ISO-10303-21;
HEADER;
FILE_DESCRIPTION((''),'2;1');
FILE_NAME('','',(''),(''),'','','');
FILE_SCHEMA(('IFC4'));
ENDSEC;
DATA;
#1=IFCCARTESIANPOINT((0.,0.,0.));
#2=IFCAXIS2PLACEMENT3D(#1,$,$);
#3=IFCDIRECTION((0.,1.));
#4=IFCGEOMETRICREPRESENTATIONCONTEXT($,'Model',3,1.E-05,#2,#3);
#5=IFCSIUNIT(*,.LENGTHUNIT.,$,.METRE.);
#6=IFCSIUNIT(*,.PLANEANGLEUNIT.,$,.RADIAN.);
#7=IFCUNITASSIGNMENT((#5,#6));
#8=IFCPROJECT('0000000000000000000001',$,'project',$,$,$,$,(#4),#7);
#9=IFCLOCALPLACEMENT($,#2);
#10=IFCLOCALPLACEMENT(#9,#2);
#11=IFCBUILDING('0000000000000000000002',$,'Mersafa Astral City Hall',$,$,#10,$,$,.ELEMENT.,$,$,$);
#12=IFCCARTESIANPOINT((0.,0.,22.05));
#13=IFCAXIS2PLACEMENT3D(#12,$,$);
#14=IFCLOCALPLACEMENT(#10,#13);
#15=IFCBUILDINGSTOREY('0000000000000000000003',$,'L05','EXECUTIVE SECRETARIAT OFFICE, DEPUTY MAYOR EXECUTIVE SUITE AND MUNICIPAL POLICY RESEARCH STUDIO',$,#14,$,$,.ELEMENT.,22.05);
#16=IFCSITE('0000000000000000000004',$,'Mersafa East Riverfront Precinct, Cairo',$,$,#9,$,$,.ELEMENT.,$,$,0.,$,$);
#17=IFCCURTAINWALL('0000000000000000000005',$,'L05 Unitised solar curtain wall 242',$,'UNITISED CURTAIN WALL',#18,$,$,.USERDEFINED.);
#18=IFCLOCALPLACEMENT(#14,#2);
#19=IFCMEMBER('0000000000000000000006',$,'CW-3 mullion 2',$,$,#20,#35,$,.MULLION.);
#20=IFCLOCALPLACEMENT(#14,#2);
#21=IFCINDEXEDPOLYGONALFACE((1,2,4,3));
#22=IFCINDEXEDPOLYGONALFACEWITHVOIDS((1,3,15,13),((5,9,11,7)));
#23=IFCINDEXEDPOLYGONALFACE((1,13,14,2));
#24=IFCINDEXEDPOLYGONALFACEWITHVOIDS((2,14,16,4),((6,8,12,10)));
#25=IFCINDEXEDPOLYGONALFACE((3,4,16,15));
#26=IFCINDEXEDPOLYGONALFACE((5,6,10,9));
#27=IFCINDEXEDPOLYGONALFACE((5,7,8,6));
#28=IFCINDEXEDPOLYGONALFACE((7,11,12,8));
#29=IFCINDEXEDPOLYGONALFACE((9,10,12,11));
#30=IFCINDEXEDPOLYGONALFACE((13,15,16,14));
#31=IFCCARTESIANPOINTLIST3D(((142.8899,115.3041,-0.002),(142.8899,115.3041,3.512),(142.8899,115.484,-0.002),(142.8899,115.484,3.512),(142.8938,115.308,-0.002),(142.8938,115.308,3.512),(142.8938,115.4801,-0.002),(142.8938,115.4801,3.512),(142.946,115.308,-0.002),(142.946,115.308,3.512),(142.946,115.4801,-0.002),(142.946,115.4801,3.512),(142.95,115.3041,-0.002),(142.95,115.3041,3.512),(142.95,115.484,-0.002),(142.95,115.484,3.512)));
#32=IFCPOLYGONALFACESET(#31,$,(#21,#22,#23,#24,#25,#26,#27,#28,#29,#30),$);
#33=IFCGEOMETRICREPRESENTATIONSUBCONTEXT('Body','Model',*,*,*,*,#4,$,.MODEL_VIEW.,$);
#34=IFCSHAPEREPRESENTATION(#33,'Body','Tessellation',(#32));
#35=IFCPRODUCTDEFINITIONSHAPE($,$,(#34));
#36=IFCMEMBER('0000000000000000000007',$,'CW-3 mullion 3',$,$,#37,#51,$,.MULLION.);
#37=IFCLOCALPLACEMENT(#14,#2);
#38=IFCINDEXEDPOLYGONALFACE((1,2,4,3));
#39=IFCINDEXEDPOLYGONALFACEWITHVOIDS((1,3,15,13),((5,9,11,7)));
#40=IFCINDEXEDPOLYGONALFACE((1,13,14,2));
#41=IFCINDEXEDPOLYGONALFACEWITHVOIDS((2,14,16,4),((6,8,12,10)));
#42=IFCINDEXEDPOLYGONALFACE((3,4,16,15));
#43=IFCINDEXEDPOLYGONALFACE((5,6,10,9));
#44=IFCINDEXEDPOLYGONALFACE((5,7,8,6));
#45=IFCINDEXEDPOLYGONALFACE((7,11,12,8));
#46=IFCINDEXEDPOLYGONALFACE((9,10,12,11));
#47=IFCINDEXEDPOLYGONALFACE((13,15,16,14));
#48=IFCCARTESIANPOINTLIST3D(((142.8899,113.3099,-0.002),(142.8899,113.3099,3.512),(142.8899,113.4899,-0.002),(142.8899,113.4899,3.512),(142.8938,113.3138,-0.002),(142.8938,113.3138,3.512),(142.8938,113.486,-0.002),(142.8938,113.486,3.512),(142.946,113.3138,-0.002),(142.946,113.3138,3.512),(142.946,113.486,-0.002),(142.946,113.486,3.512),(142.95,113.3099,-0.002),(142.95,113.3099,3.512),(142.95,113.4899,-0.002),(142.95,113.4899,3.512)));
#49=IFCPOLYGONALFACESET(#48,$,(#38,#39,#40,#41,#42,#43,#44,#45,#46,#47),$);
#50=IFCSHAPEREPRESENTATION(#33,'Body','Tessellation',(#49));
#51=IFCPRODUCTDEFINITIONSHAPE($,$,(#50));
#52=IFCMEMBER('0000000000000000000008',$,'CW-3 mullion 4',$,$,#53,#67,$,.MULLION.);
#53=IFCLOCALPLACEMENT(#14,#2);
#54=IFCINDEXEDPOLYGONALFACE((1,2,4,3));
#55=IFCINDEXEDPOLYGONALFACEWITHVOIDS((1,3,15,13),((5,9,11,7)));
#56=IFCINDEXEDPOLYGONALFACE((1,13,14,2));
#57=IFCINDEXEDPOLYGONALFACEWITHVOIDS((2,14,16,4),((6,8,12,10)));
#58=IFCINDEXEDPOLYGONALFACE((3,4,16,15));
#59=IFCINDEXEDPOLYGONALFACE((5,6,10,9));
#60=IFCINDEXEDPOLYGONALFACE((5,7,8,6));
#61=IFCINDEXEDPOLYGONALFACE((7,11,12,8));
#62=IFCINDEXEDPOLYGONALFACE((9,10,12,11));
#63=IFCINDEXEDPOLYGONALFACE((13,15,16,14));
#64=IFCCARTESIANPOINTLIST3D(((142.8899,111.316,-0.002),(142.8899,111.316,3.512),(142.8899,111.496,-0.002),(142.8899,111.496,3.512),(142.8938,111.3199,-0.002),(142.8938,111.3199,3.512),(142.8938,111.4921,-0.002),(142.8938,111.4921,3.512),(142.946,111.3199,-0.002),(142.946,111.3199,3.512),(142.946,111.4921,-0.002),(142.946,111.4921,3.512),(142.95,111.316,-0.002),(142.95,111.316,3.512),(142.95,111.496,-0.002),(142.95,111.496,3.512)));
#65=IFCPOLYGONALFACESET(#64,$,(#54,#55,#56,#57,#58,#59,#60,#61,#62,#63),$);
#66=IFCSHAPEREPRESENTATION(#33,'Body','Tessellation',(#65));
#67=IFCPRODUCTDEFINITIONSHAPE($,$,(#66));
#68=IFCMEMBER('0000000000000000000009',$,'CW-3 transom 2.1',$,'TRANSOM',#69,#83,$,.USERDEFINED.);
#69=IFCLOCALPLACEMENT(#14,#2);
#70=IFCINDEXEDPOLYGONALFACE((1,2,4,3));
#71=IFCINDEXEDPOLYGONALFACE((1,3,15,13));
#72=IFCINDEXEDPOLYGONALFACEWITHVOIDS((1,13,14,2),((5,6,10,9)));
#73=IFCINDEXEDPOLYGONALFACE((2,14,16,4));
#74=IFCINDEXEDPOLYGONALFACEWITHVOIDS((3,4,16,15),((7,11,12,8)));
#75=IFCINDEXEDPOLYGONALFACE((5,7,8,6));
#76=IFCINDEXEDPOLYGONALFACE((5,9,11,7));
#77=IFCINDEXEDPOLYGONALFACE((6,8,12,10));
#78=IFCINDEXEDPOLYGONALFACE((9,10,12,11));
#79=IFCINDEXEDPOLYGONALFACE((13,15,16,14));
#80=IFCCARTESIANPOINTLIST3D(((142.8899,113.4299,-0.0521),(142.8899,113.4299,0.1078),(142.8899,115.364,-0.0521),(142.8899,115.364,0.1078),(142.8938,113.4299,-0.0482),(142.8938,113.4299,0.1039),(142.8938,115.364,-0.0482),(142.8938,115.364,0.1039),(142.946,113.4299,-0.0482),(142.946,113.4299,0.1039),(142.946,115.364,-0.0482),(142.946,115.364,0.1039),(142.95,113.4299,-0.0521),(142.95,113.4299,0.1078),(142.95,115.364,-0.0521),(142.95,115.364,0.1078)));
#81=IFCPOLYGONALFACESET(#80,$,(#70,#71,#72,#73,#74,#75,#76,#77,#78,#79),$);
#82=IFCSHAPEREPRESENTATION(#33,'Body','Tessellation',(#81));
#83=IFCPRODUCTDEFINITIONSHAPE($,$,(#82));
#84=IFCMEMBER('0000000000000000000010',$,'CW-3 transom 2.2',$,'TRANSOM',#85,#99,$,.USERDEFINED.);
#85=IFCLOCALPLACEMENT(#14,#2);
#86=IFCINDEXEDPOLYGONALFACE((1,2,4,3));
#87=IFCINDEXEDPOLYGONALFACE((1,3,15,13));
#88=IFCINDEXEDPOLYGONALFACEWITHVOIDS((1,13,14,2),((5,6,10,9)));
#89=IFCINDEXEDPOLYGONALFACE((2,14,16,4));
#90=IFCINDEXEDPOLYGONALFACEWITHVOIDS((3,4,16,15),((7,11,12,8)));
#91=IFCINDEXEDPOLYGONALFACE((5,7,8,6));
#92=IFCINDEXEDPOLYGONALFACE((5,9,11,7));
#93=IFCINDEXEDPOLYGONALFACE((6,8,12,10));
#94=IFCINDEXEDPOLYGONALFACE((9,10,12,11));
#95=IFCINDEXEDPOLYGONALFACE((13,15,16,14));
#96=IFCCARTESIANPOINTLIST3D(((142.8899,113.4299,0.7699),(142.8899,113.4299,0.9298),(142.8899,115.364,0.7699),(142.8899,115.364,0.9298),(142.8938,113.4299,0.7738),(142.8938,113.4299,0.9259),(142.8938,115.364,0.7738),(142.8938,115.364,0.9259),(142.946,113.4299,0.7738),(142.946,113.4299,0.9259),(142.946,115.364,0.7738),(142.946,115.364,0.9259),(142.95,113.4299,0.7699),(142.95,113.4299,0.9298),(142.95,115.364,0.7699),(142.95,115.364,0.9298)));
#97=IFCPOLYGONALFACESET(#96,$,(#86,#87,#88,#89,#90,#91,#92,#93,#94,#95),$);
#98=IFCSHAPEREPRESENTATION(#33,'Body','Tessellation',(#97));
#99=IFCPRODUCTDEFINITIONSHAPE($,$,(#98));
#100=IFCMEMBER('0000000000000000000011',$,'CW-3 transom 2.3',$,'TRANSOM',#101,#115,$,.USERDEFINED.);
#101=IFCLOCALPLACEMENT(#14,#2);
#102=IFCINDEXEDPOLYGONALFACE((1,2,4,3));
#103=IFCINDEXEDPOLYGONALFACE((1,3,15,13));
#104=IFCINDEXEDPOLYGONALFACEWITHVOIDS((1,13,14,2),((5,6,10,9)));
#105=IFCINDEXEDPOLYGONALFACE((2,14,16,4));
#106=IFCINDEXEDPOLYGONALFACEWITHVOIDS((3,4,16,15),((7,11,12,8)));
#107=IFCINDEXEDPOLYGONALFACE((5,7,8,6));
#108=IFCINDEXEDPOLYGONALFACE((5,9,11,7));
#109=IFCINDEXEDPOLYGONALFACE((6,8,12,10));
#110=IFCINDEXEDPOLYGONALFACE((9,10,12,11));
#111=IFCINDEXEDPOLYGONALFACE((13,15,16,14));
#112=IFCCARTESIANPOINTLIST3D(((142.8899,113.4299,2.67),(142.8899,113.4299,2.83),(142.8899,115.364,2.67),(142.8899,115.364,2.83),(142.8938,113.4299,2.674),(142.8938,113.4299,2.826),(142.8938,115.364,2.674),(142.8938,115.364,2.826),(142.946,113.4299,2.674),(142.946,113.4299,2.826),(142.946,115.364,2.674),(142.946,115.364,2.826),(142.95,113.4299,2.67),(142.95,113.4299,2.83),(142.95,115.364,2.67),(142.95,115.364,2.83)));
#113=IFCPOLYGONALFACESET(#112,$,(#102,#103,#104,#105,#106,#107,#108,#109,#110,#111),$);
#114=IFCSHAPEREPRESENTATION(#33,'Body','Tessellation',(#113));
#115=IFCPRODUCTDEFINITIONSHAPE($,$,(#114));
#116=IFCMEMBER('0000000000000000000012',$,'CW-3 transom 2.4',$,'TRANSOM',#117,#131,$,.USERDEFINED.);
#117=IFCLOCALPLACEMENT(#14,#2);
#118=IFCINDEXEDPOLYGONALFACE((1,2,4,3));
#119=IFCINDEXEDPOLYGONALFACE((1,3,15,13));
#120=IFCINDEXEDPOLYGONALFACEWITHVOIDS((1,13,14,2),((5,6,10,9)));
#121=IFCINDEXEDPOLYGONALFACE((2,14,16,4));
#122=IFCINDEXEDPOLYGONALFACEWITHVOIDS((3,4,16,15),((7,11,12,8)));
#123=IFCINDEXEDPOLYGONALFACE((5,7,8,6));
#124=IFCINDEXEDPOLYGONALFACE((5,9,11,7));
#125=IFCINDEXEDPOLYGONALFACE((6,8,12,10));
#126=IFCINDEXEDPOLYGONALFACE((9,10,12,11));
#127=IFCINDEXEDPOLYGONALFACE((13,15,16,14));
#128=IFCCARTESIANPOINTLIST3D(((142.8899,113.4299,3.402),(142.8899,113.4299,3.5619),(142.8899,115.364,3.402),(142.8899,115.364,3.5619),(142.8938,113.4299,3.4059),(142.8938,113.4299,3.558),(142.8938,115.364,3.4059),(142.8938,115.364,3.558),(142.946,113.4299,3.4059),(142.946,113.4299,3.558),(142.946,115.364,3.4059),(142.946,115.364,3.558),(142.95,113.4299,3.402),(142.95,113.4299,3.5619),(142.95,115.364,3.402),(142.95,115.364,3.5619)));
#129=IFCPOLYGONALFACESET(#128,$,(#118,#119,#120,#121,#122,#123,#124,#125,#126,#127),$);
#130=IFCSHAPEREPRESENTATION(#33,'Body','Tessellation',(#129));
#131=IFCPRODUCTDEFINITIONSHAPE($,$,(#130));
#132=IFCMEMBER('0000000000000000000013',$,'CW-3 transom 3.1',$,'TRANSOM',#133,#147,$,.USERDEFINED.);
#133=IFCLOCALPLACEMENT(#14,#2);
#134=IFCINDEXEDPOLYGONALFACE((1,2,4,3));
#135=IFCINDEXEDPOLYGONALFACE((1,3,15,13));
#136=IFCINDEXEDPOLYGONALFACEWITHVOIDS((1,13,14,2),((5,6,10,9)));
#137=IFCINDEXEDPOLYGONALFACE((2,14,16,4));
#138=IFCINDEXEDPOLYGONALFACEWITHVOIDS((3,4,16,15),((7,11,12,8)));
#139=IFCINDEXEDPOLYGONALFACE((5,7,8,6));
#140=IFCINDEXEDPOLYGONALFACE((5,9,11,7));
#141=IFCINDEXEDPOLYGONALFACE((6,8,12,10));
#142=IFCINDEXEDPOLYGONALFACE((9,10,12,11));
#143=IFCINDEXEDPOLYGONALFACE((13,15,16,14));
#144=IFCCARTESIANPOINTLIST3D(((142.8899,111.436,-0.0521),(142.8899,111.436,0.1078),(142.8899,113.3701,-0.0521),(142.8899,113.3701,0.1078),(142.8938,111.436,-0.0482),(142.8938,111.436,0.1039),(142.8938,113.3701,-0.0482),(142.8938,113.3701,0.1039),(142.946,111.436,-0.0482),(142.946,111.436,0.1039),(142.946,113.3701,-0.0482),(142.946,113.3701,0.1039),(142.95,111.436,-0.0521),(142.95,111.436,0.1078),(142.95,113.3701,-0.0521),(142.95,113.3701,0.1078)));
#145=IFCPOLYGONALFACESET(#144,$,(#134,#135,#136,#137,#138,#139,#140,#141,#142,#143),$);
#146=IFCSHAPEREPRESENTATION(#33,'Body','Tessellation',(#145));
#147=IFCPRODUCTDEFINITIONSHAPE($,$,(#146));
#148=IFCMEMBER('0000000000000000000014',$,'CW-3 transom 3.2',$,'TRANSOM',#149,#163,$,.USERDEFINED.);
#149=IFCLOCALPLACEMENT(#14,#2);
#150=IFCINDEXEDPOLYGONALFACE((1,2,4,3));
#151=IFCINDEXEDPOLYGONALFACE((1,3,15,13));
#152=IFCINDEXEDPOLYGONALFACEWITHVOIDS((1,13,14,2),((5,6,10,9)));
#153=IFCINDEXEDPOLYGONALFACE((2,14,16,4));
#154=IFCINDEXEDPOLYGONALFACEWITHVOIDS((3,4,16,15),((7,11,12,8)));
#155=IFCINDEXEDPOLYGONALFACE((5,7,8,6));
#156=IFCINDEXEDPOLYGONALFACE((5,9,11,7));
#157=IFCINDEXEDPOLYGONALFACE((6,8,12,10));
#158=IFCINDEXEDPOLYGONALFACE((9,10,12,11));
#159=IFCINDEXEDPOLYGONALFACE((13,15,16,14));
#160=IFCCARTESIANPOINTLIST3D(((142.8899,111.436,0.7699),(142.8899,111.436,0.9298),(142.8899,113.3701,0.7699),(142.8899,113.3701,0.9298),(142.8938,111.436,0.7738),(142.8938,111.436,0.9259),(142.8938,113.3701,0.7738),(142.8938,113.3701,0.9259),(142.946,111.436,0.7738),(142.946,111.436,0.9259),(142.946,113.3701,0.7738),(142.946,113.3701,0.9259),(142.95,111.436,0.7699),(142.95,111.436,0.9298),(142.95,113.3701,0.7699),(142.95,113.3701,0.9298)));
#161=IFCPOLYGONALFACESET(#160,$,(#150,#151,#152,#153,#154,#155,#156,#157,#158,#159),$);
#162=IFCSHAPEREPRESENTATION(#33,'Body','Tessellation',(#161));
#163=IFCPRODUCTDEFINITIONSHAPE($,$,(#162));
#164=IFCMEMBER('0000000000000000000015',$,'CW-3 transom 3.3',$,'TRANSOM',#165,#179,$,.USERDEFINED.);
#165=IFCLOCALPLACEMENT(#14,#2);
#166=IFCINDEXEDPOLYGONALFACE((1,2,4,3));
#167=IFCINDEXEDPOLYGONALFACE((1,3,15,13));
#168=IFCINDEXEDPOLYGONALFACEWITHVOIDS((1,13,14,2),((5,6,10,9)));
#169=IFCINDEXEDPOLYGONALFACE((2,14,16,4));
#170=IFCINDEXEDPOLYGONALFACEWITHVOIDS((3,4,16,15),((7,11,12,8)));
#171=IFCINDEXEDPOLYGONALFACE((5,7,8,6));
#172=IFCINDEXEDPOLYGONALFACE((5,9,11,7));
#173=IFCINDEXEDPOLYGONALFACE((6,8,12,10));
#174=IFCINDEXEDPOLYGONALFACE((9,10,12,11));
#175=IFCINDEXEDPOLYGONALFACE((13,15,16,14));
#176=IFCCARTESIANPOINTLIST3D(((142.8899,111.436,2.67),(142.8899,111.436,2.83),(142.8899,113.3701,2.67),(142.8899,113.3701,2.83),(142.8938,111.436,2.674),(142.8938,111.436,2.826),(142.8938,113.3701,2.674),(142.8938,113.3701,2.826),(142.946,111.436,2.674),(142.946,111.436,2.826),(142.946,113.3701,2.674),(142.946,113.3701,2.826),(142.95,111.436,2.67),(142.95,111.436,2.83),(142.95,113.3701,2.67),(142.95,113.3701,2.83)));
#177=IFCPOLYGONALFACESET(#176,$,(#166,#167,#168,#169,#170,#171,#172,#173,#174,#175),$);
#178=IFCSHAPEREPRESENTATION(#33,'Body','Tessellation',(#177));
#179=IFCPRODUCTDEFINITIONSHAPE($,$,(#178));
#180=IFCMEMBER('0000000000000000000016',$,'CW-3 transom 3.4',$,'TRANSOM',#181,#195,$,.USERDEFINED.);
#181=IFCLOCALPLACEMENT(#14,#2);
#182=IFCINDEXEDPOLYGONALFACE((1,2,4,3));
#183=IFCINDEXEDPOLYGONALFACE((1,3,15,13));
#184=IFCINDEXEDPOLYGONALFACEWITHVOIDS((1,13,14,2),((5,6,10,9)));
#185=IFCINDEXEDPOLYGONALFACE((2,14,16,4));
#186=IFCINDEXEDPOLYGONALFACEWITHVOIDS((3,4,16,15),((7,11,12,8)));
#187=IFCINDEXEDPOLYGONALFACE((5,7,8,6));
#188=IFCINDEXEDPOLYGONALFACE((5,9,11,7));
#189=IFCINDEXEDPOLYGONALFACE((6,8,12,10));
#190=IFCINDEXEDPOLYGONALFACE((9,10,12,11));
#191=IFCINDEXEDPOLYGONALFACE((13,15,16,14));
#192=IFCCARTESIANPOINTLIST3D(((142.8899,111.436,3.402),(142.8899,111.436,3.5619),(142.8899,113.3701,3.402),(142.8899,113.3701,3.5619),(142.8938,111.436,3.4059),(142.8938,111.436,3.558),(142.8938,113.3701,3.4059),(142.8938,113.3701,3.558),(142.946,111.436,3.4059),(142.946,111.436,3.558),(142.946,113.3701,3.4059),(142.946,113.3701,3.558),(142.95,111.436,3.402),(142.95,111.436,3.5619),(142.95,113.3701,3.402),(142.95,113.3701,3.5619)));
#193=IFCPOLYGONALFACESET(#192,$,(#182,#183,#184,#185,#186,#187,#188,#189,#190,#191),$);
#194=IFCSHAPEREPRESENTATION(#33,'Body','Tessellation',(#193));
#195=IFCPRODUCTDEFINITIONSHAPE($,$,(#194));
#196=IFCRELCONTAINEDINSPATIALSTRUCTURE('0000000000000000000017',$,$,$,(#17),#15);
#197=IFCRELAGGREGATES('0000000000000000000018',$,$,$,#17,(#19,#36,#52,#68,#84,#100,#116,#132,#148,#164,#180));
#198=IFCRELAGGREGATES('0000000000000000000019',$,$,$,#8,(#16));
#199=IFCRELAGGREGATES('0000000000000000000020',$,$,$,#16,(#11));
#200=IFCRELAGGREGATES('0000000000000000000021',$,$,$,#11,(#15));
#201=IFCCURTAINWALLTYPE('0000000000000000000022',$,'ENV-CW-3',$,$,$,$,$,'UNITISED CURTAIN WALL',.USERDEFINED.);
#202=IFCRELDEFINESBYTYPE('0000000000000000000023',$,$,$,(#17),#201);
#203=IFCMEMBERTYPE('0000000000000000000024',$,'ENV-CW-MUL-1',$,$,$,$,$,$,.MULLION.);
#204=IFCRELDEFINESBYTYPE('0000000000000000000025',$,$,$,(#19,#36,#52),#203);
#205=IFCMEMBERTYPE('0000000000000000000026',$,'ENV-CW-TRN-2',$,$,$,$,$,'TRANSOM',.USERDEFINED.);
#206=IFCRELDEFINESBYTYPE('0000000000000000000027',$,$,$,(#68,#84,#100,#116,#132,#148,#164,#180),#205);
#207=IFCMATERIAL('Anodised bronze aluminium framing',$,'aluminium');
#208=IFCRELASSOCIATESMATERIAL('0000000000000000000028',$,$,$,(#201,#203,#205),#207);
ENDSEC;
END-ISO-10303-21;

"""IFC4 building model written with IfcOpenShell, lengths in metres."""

from ifc_helpers import new_model, si_unit, direction, frame, origin, origin_2d, place, context, subcontext, project, spatial, hollow_rectangle, extrude, material, material_profile, profile_set, type_object, element, aggregate, save


model = new_model("IFC4")

# Units and contexts
model_context = context("Model", 3, precision=1e-05, world=origin(), true_north=direction((0.0, 1.0)))
body_context = subcontext(model_context, "Body", "Model", "MODEL_VIEW")
ifc_project = project(units=[si_unit("LENGTHUNIT", "METRE"), si_unit("PLANEANGLEUNIT", "RADIAN")], contexts=[model_context])

# Site, building, storey
site_placement = place(None, origin())
site = spatial("IfcSite", under=ifc_project, at=site_placement, Name="Mersafa East Riverfront Precinct, Cairo", CompositionType="ELEMENT", RefElevation=0.0)
building_placement = place(site_placement, origin())
building = spatial("IfcBuilding", under=site, at=building_placement, Name="Mersafa Astral City Hall", CompositionType="ELEMENT")
storey_placement = place(building_placement, frame((0.0, 0.0, 22.05)))
storey = spatial("IfcBuildingStorey", under=building, at=storey_placement, Name="L05", Description="EXECUTIVE SECRETARIAT OFFICE, DEPUTY MAYOR EXECUTIVE SUITE AND MUNICIPAL POLICY RESEARCH STUDIO", CompositionType="ELEMENT", Elevation=22.05)

# Curtain wall, members
ifc_material_1 = material(Name="Anodised bronze aluminium framing", Category="aluminium")
curtain_wall_type = type_object("IfcCurtainWallType", Name="ENV-CW-3", ElementType="UNITISED CURTAIN WALL", PredefinedType="USERDEFINED", material=ifc_material_1)
curtain_wall_placement = place(storey_placement, origin())
curtain_wall = element("IfcCurtainWall", 1, at=curtain_wall_placement, inside=storey, type_object=curtain_wall_type, Name="L05 Unitised solar curtain wall 242", ObjectType="UNITISED CURTAIN WALL", PredefinedType="USERDEFINED")
ifc_material_profile_1 = material_profile(ifc_material_1, hollow_rectangle(XDim=0.0601, YDim=0.1799, WallThickness=0.0039, at=origin_2d()), Name="RHS 60x180x4")
ifc_profile_set_1 = profile_set([ifc_material_profile_1], Name="Anodised bronze aluminium framing")
member_type_1 = type_object("IfcMemberType", Name="ENV-CW-MUL-1", PredefinedType="MULLION", material=ifc_profile_set_1)
member_1_placement = place(storey_placement, frame((142.9199, 115.394, -0.002), z_axis=(0.0, 0.0, 1.0), x_axis=(1.0, 0.0, 0.0)))
member_1 = element("IfcMember", 2, at=member_1_placement, type_object=member_type_1, Name="CW-3 mullion 2", PredefinedType="MULLION", context=body_context, shape_type="SweptSolid", body=[
    extrude(hollow_rectangle(XDim=0.0601, YDim=0.1799, WallThickness=0.0039, at=origin_2d()), origin(), (0.0, 0.0, 1.0), 3.5139),
])
member_2_placement = place(storey_placement, frame((142.9199, 113.3999, -0.002), z_axis=(0.0, 0.0, 1.0), x_axis=(1.0, 0.0, 0.0)))
member_2 = element("IfcMember", 3, at=member_2_placement, type_object=member_type_1, Name="CW-3 mullion 3", PredefinedType="MULLION", context=body_context, shape_type="SweptSolid", body=[
    extrude(hollow_rectangle(XDim=0.0601, YDim=0.1799, WallThickness=0.0039, at=origin_2d()), origin(), (0.0, 0.0, 1.0), 3.5139),
])
member_3_placement = place(storey_placement, frame((142.9199, 111.406, -0.002), z_axis=(0.0, 0.0, 1.0), x_axis=(1.0, 0.0, 0.0)))
member_3 = element("IfcMember", 4, at=member_3_placement, type_object=member_type_1, Name="CW-3 mullion 4", PredefinedType="MULLION", context=body_context, shape_type="SweptSolid", body=[
    extrude(hollow_rectangle(XDim=0.0601, YDim=0.1799, WallThickness=0.0039, at=origin_2d()), origin(), (0.0, 0.0, 1.0), 3.5139),
])
ifc_material_profile_2 = material_profile(ifc_material_1, hollow_rectangle(XDim=0.0601, YDim=0.1599, WallThickness=0.0039, at=origin_2d()), Name="RHS 60x160x4")
ifc_profile_set_2 = profile_set([ifc_material_profile_2], Name="Anodised bronze aluminium framing")
member_type_2 = type_object("IfcMemberType", Name="ENV-CW-TRN-2", ElementType="TRANSOM", PredefinedType="USERDEFINED", material=ifc_profile_set_2)
member_4_placement = place(storey_placement, frame((142.9199, 115.364, 0.0278), z_axis=(0.0, -1.0, 0.0), x_axis=(1.0, 0.0, 0.0)))
member_4 = element("IfcMember", 5, at=member_4_placement, type_object=member_type_2, Name="CW-3 transom 2.1", ObjectType="TRANSOM", PredefinedType="USERDEFINED", context=body_context, shape_type="SweptSolid", body=[
    extrude(hollow_rectangle(XDim=0.0601, YDim=0.1599, WallThickness=0.0039, at=origin_2d()), origin(), (0.0, 0.0, 1.0), 1.9341),
])
member_5_placement = place(storey_placement, frame((142.9199, 115.364, 0.8499), z_axis=(0.0, -1.0, 0.0), x_axis=(1.0, 0.0, 0.0)))
member_5 = element("IfcMember", 6, at=member_5_placement, type_object=member_type_2, Name="CW-3 transom 2.2", ObjectType="TRANSOM", PredefinedType="USERDEFINED", context=body_context, shape_type="SweptSolid", body=[
    extrude(hollow_rectangle(XDim=0.0601, YDim=0.1599, WallThickness=0.0039, at=origin_2d()), origin(), (0.0, 0.0, 1.0), 1.9341),
])
member_6_placement = place(storey_placement, frame((142.9199, 115.364, 2.75), z_axis=(0.0, -1.0, 0.0), x_axis=(1.0, 0.0, 0.0)))
member_6 = element("IfcMember", 7, at=member_6_placement, type_object=member_type_2, Name="CW-3 transom 2.3", ObjectType="TRANSOM", PredefinedType="USERDEFINED", context=body_context, shape_type="SweptSolid", body=[
    extrude(hollow_rectangle(XDim=0.0601, YDim=0.1599, WallThickness=0.0039, at=origin_2d()), origin(), (0.0, 0.0, 1.0), 1.9341),
])
member_7_placement = place(storey_placement, frame((142.9199, 115.364, 3.4819), z_axis=(0.0, -1.0, 0.0), x_axis=(1.0, 0.0, 0.0)))
member_7 = element("IfcMember", 8, at=member_7_placement, type_object=member_type_2, Name="CW-3 transom 2.4", ObjectType="TRANSOM", PredefinedType="USERDEFINED", context=body_context, shape_type="SweptSolid", body=[
    extrude(hollow_rectangle(XDim=0.0601, YDim=0.1599, WallThickness=0.0039, at=origin_2d()), origin(), (0.0, 0.0, 1.0), 1.9341),
])
member_8_placement = place(storey_placement, frame((142.9199, 113.3701, 0.0278), z_axis=(0.0, -1.0, 0.0), x_axis=(1.0, 0.0, 0.0)))
member_8 = element("IfcMember", 9, at=member_8_placement, type_object=member_type_2, Name="CW-3 transom 3.1", ObjectType="TRANSOM", PredefinedType="USERDEFINED", context=body_context, shape_type="SweptSolid", body=[
    extrude(hollow_rectangle(XDim=0.0601, YDim=0.1599, WallThickness=0.0039, at=origin_2d()), origin(), (0.0, 0.0, 1.0), 1.9341),
])
member_9_placement = place(storey_placement, frame((142.9199, 113.3701, 0.8499), z_axis=(0.0, -1.0, 0.0), x_axis=(1.0, 0.0, 0.0)))
member_9 = element("IfcMember", 10, at=member_9_placement, type_object=member_type_2, Name="CW-3 transom 3.2", ObjectType="TRANSOM", PredefinedType="USERDEFINED", context=body_context, shape_type="SweptSolid", body=[
    extrude(hollow_rectangle(XDim=0.0601, YDim=0.1599, WallThickness=0.0039, at=origin_2d()), origin(), (0.0, 0.0, 1.0), 1.9341),
])
member_10_placement = place(storey_placement, frame((142.9199, 113.3701, 2.75), z_axis=(0.0, -1.0, 0.0), x_axis=(1.0, 0.0, 0.0)))
member_10 = element("IfcMember", 11, at=member_10_placement, type_object=member_type_2, Name="CW-3 transom 3.3", ObjectType="TRANSOM", PredefinedType="USERDEFINED", context=body_context, shape_type="SweptSolid", body=[
    extrude(hollow_rectangle(XDim=0.0601, YDim=0.1599, WallThickness=0.0039, at=origin_2d()), origin(), (0.0, 0.0, 1.0), 1.9341),
])
member_11_placement = place(storey_placement, frame((142.9199, 113.3701, 3.4819), z_axis=(0.0, -1.0, 0.0), x_axis=(1.0, 0.0, 0.0)))
member_11 = element("IfcMember", 12, at=member_11_placement, type_object=member_type_2, Name="CW-3 transom 3.4", ObjectType="TRANSOM", PredefinedType="USERDEFINED", context=body_context, shape_type="SweptSolid", body=[
    extrude(hollow_rectangle(XDim=0.0601, YDim=0.1599, WallThickness=0.0039, at=origin_2d()), origin(), (0.0, 0.0, 1.0), 1.9341),
])
aggregate(curtain_wall, [member_1, member_2, member_3, member_4, member_5, member_6, member_7, member_8, member_9, member_10, member_11])

save(model, "model.ifc")
